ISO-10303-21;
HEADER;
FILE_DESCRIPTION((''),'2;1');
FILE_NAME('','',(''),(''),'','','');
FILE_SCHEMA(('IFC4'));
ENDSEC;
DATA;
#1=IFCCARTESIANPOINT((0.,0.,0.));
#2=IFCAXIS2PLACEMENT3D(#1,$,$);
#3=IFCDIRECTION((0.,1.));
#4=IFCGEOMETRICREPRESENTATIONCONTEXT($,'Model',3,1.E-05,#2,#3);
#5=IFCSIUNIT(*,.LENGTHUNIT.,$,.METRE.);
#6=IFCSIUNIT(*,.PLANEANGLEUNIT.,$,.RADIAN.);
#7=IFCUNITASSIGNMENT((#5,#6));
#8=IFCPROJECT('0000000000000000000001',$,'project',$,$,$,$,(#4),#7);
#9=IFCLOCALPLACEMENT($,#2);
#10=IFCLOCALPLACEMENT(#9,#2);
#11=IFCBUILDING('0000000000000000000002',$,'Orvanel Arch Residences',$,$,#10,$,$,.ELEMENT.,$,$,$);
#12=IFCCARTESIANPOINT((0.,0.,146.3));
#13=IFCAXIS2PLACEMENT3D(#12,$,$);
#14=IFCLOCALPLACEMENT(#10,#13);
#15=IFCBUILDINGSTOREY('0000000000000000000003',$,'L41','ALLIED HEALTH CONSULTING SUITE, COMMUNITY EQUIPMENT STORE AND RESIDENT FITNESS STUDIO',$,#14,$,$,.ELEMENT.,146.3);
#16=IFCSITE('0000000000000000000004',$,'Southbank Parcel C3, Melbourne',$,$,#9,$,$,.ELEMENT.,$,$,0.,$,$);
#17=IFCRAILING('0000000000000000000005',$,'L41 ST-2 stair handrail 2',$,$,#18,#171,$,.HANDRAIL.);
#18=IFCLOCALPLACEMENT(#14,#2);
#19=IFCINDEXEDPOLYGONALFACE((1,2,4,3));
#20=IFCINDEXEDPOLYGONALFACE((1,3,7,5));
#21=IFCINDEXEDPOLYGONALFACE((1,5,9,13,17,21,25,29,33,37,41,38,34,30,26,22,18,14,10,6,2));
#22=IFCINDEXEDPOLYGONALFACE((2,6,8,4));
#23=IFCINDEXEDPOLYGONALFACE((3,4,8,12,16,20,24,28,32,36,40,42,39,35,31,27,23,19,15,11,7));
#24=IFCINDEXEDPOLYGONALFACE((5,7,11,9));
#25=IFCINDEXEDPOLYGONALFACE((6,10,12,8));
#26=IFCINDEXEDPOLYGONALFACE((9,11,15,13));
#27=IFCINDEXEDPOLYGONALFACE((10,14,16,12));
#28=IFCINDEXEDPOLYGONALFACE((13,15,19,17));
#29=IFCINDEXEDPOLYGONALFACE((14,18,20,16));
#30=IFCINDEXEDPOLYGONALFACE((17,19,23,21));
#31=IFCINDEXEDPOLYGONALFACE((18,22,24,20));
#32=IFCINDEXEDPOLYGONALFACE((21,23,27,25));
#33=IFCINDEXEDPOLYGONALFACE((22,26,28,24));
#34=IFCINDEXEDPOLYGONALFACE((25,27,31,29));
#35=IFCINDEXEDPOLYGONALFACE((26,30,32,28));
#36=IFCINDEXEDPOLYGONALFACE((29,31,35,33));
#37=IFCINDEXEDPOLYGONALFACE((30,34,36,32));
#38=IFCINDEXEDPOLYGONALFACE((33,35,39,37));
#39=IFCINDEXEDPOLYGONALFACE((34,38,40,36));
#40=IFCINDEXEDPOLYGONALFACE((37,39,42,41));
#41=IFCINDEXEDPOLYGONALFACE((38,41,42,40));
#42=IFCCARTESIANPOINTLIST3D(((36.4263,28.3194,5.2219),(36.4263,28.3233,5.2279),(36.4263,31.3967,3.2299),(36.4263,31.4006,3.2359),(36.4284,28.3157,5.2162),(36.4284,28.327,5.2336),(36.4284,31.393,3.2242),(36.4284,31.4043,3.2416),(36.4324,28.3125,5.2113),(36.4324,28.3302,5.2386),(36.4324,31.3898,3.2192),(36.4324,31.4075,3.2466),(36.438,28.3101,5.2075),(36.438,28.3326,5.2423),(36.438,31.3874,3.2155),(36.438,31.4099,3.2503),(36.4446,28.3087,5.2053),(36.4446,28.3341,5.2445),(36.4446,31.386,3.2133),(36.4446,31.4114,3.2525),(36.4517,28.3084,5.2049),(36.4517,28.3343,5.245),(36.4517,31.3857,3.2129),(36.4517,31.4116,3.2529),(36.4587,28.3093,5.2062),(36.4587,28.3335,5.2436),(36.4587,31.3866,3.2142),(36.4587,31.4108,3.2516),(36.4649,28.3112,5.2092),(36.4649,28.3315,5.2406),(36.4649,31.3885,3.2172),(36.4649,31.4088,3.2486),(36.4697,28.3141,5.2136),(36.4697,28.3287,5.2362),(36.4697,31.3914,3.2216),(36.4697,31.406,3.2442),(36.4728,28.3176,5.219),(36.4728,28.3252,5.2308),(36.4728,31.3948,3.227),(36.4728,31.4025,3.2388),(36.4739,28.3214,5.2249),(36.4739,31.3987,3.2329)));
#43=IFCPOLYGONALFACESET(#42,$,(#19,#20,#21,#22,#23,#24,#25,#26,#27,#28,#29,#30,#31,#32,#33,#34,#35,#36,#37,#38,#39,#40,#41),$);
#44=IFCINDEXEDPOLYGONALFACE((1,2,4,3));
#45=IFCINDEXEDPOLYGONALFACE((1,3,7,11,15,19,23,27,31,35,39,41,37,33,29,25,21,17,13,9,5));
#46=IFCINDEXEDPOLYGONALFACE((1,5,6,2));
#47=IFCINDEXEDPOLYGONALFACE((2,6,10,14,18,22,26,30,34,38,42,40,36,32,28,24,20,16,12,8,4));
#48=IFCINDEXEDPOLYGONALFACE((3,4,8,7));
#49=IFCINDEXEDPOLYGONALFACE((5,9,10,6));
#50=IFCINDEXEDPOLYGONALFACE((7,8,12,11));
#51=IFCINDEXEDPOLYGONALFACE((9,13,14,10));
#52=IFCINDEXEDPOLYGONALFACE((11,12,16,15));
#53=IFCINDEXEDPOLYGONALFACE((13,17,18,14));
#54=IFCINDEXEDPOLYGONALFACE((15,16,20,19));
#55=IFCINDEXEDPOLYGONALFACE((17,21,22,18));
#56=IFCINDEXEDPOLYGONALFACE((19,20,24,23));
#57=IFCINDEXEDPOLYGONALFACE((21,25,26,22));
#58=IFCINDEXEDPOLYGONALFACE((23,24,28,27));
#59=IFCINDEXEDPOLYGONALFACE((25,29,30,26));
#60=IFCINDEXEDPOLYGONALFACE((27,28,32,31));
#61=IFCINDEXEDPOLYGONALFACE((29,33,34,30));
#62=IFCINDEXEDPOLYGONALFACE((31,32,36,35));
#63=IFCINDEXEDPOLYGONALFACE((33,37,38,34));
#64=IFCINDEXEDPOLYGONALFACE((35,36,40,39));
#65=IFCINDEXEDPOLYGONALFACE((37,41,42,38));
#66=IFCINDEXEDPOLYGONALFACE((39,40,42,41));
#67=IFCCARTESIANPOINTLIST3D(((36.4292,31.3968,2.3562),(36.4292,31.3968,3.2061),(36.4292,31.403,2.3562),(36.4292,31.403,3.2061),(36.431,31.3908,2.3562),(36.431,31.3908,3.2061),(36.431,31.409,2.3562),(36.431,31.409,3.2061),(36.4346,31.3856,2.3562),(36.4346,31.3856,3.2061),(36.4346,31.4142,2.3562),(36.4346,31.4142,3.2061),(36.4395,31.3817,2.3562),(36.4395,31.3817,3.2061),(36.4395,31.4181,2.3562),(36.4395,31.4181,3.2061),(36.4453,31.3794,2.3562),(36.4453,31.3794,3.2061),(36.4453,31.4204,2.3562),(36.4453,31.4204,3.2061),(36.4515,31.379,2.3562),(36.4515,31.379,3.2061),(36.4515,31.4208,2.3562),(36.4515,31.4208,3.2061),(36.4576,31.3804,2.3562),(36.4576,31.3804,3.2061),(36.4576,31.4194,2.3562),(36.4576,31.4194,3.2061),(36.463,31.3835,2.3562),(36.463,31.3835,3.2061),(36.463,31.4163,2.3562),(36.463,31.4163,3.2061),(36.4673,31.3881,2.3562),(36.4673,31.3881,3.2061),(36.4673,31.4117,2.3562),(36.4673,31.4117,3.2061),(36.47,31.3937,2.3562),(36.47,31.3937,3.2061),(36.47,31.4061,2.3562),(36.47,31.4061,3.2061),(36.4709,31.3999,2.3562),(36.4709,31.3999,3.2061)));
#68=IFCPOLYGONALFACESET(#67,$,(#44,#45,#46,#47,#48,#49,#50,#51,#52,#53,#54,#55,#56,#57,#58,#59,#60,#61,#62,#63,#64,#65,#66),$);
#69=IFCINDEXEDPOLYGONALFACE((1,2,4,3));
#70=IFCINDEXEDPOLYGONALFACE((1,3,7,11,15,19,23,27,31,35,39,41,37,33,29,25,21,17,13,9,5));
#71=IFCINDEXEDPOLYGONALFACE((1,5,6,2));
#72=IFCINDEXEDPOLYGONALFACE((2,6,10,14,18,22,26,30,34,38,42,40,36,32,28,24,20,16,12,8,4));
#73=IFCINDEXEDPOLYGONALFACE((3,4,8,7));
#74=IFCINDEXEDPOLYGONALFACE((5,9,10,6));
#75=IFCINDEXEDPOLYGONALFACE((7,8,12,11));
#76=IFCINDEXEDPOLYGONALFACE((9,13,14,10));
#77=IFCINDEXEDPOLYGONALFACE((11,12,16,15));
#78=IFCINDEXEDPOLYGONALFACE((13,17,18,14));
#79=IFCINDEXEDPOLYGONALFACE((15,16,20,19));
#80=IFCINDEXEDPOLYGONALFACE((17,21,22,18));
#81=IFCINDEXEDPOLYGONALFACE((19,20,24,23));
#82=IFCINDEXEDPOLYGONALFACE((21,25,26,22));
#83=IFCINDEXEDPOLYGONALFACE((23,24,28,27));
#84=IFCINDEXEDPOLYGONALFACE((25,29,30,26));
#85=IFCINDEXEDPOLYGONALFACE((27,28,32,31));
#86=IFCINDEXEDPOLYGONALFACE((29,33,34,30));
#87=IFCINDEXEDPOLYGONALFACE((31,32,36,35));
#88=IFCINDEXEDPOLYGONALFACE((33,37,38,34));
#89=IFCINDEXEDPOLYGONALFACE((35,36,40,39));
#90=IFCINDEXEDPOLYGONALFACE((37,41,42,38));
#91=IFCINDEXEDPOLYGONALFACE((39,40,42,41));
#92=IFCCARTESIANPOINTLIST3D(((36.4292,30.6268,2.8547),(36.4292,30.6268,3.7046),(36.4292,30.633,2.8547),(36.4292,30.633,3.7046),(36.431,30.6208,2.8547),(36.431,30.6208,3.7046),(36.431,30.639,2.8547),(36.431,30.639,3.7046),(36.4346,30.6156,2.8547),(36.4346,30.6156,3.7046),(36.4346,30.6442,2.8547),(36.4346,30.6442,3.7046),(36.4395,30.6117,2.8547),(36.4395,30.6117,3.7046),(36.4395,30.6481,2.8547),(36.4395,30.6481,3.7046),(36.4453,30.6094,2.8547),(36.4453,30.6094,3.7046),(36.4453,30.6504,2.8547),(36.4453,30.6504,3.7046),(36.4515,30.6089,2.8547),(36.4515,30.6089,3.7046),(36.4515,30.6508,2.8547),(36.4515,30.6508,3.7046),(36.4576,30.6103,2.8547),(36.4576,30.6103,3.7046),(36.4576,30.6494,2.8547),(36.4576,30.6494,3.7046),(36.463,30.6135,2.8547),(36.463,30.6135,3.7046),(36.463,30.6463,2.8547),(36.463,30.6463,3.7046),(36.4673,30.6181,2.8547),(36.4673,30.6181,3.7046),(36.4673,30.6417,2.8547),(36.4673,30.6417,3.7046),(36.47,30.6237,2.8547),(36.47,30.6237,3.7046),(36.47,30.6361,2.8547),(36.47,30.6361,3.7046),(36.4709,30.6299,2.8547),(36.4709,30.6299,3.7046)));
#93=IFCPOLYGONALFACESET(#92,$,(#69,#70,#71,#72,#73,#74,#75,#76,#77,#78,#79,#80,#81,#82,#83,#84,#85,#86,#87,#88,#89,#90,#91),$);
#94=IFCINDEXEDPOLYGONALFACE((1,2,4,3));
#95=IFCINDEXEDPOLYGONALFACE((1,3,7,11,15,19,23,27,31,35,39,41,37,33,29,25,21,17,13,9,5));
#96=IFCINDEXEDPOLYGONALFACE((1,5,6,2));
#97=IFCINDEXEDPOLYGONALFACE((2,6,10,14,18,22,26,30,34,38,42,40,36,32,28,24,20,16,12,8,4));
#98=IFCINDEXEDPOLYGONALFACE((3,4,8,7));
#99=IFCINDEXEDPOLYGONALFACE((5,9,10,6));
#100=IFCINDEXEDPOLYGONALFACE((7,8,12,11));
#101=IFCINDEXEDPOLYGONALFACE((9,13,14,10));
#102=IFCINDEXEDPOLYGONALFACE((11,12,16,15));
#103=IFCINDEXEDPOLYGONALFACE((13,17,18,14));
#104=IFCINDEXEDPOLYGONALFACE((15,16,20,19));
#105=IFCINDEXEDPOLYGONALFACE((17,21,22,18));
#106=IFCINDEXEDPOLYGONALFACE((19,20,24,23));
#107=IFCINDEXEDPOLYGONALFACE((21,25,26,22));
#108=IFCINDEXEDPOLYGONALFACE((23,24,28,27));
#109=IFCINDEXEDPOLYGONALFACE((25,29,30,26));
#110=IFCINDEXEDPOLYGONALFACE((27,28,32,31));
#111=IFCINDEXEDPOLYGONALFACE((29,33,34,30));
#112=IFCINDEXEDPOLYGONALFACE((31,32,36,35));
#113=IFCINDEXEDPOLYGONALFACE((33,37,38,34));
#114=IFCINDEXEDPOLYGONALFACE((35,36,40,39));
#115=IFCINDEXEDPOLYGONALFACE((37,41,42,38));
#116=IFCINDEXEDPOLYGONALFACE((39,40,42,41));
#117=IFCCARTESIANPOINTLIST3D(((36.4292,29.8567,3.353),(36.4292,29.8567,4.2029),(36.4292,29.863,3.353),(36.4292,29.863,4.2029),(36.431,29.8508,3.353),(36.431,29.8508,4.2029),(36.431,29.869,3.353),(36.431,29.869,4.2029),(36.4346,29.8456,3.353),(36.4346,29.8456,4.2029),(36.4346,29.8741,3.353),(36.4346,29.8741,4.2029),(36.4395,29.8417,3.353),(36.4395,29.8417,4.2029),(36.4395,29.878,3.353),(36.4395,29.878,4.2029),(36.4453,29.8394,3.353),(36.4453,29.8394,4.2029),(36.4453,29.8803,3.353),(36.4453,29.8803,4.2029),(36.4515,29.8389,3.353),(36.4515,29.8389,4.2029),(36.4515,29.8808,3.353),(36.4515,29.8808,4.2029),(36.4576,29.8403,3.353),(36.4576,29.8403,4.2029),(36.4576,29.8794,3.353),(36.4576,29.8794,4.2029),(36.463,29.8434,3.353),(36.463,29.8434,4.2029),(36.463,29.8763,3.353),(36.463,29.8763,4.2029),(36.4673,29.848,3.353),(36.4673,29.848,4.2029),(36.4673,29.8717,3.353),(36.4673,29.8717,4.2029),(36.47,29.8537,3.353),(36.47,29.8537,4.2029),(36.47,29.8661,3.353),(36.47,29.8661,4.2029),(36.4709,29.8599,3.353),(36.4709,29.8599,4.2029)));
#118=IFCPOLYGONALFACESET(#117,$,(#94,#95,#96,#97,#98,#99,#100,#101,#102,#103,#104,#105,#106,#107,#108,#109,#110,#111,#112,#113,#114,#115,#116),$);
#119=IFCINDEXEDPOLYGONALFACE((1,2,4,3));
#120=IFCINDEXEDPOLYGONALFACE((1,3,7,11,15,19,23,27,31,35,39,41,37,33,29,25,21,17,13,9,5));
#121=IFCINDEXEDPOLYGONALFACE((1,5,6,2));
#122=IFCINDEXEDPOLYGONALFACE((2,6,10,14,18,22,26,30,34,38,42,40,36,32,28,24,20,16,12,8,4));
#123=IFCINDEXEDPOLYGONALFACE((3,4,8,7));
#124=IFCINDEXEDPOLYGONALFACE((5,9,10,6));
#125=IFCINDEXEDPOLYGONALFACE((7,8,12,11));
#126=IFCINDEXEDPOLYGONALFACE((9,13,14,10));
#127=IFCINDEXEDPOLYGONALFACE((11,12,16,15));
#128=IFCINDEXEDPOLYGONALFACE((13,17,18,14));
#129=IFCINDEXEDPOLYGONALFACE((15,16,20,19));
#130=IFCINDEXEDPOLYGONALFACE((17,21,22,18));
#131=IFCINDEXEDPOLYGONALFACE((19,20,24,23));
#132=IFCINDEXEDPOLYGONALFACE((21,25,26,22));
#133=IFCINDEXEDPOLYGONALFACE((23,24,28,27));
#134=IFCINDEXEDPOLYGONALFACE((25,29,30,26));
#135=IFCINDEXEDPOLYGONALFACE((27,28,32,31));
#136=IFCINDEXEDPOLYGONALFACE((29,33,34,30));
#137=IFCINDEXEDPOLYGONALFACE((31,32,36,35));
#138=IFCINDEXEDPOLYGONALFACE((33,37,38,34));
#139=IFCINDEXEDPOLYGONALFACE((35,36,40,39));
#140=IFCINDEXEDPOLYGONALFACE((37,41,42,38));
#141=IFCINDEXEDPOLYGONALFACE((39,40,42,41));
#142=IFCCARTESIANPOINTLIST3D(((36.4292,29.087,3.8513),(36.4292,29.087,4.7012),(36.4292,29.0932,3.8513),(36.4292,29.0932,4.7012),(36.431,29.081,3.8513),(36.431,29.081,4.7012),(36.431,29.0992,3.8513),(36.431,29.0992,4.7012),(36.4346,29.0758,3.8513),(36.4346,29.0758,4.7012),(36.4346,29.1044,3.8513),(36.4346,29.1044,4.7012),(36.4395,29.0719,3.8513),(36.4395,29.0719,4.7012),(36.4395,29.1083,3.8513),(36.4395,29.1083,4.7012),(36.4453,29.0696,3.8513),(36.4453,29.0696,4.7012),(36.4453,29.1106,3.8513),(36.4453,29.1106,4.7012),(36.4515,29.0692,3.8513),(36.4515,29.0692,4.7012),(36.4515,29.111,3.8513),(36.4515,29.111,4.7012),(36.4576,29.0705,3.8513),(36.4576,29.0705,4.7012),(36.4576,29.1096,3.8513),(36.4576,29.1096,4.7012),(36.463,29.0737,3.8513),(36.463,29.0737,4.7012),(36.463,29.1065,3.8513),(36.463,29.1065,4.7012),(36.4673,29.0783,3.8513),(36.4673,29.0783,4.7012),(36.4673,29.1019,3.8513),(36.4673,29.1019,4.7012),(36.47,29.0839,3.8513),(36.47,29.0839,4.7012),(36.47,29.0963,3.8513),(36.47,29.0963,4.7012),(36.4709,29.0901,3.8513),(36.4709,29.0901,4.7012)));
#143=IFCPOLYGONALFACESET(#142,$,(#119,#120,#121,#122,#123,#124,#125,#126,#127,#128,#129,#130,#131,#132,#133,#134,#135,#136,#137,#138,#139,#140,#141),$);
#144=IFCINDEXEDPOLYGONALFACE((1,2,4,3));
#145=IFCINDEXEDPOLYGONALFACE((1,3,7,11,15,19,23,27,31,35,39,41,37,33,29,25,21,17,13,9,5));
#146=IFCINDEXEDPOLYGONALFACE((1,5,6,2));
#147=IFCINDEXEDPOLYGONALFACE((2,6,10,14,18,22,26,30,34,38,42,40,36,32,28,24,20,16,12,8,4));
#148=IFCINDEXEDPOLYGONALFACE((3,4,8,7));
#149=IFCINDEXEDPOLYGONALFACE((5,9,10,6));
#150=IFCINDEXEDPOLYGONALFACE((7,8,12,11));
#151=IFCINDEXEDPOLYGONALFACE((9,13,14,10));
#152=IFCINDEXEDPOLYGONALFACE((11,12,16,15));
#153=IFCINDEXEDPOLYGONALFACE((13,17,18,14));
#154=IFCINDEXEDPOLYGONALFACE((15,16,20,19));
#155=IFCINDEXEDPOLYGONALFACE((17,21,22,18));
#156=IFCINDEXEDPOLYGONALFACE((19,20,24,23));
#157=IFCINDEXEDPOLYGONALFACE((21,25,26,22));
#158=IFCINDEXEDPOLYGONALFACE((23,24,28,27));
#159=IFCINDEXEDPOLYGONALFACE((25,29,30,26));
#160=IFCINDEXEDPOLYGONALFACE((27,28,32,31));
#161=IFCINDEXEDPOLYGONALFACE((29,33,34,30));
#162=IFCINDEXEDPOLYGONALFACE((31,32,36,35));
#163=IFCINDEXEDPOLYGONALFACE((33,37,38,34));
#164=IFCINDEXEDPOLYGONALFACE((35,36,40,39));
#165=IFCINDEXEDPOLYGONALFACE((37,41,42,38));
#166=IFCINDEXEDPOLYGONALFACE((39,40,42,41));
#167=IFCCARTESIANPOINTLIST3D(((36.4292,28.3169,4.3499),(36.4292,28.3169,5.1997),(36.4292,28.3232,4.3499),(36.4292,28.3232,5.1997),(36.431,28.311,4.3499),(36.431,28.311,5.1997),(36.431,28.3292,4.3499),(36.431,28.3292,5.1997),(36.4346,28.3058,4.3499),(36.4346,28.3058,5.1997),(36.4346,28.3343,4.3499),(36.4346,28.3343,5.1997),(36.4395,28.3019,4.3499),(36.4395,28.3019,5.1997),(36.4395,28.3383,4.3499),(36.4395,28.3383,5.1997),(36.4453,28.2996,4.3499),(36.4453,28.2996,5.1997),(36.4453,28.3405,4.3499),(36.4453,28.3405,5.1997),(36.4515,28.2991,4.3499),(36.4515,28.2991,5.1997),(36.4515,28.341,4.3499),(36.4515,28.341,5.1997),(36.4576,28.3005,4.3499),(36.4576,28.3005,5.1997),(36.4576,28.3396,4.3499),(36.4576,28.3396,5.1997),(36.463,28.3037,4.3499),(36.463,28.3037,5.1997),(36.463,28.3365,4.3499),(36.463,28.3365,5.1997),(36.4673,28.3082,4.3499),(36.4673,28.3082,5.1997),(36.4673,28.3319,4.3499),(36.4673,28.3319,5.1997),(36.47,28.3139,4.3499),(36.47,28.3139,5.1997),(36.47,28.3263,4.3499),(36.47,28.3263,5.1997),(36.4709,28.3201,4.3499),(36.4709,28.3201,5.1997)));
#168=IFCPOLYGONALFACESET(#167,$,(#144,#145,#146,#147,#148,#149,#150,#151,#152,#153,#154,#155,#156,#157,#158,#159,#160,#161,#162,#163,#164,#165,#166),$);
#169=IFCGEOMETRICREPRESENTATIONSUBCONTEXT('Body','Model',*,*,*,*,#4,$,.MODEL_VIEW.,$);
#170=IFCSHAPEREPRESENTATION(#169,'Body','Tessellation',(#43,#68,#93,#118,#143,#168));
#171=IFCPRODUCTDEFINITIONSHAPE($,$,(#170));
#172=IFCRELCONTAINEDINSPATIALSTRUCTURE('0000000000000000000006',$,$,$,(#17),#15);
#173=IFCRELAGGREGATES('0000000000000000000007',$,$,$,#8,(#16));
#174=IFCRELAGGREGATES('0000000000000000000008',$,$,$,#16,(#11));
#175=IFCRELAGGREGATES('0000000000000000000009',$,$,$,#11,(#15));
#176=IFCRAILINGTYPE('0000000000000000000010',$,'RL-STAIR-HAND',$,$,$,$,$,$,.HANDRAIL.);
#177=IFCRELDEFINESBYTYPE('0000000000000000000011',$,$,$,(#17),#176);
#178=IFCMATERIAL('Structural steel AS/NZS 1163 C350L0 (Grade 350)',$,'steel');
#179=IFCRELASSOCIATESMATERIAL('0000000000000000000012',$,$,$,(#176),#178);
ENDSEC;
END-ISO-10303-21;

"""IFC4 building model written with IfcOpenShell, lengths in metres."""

from ifc_helpers import new_model, si_unit, direction, frame, origin, origin_2d, place, context, subcontext, project, spatial, circle, extrude, material, type_object, element, save


model = new_model("IFC4")

# Units and contexts
model_context = context("Model", 3, precision=1e-05, world=origin(), true_north=direction((0.0, 1.0)))
body_context = subcontext(model_context, "Body", "Model", "MODEL_VIEW")
ifc_project = project(units=[si_unit("LENGTHUNIT", "METRE"), si_unit("PLANEANGLEUNIT", "RADIAN")], contexts=[model_context])

# Site, building, storey
site_placement = place(None, origin())
site = spatial("IfcSite", under=ifc_project, at=site_placement, Name="Southbank Parcel C3, Melbourne", CompositionType="ELEMENT", RefElevation=0.0)
building_placement = place(site_placement, origin())
building = spatial("IfcBuilding", under=site, at=building_placement, Name="Orvanel Arch Residences", CompositionType="ELEMENT")
storey_placement = place(building_placement, frame((0.0, 0.0, 146.3)))
storey = spatial("IfcBuildingStorey", under=building, at=storey_placement, Name="L41", Description="ALLIED HEALTH CONSULTING SUITE, COMMUNITY EQUIPMENT STORE AND RESIDENT FITNESS STUDIO", CompositionType="ELEMENT", Elevation=146.3)

# Railing
ifc_material_1 = material(Name="Structural steel AS/NZS 1163 C350L0 (Grade 350)", Category="steel")
railing_type_1 = type_object("IfcRailingType", Name="RL-STAIR-HAND", PredefinedType="HANDRAIL", material=ifc_material_1)
railing_1_placement = place(storey_placement, frame((36.45, 31.3999, 2.3562)))
element("IfcRailing", 1, at=railing_1_placement, inside=storey, type_object=railing_type_1, Name="L41 ST-2 stair handrail 2", PredefinedType="HANDRAIL", context=body_context, shape_type="SweptSolid", body=[
    extrude(circle(Radius=0.0239, at=origin_2d()), frame((0.0, -0.0012, 0.8767), z_axis=(0.0, -0.839468, 0.543409), x_axis=(1.0, 0.0, 0.0)), (0.0, 0.0, 1.0), 3.6658),
    extrude(circle(Radius=0.021, at=origin_2d()), origin(), (0.0, 0.0, 1.0), 0.8499),
    extrude(circle(Radius=0.021, at=origin_2d()), frame((0.0, -0.77, 0.4985)), (0.0, 0.0, 1.0), 0.8499),
    extrude(circle(Radius=0.021, at=origin_2d()), frame((0.0, -1.54, 0.9968)), (0.0, 0.0, 1.0), 0.8499),
    extrude(circle(Radius=0.021, at=origin_2d()), frame((0.0, -2.3098, 1.4951)), (0.0, 0.0, 1.0), 0.8499),
    extrude(circle(Radius=0.021, at=origin_2d()), frame((0.0, -3.0798, 1.9937)), (0.0, 0.0, 1.0), 0.8499),
])

save(model, "model.ifc")
